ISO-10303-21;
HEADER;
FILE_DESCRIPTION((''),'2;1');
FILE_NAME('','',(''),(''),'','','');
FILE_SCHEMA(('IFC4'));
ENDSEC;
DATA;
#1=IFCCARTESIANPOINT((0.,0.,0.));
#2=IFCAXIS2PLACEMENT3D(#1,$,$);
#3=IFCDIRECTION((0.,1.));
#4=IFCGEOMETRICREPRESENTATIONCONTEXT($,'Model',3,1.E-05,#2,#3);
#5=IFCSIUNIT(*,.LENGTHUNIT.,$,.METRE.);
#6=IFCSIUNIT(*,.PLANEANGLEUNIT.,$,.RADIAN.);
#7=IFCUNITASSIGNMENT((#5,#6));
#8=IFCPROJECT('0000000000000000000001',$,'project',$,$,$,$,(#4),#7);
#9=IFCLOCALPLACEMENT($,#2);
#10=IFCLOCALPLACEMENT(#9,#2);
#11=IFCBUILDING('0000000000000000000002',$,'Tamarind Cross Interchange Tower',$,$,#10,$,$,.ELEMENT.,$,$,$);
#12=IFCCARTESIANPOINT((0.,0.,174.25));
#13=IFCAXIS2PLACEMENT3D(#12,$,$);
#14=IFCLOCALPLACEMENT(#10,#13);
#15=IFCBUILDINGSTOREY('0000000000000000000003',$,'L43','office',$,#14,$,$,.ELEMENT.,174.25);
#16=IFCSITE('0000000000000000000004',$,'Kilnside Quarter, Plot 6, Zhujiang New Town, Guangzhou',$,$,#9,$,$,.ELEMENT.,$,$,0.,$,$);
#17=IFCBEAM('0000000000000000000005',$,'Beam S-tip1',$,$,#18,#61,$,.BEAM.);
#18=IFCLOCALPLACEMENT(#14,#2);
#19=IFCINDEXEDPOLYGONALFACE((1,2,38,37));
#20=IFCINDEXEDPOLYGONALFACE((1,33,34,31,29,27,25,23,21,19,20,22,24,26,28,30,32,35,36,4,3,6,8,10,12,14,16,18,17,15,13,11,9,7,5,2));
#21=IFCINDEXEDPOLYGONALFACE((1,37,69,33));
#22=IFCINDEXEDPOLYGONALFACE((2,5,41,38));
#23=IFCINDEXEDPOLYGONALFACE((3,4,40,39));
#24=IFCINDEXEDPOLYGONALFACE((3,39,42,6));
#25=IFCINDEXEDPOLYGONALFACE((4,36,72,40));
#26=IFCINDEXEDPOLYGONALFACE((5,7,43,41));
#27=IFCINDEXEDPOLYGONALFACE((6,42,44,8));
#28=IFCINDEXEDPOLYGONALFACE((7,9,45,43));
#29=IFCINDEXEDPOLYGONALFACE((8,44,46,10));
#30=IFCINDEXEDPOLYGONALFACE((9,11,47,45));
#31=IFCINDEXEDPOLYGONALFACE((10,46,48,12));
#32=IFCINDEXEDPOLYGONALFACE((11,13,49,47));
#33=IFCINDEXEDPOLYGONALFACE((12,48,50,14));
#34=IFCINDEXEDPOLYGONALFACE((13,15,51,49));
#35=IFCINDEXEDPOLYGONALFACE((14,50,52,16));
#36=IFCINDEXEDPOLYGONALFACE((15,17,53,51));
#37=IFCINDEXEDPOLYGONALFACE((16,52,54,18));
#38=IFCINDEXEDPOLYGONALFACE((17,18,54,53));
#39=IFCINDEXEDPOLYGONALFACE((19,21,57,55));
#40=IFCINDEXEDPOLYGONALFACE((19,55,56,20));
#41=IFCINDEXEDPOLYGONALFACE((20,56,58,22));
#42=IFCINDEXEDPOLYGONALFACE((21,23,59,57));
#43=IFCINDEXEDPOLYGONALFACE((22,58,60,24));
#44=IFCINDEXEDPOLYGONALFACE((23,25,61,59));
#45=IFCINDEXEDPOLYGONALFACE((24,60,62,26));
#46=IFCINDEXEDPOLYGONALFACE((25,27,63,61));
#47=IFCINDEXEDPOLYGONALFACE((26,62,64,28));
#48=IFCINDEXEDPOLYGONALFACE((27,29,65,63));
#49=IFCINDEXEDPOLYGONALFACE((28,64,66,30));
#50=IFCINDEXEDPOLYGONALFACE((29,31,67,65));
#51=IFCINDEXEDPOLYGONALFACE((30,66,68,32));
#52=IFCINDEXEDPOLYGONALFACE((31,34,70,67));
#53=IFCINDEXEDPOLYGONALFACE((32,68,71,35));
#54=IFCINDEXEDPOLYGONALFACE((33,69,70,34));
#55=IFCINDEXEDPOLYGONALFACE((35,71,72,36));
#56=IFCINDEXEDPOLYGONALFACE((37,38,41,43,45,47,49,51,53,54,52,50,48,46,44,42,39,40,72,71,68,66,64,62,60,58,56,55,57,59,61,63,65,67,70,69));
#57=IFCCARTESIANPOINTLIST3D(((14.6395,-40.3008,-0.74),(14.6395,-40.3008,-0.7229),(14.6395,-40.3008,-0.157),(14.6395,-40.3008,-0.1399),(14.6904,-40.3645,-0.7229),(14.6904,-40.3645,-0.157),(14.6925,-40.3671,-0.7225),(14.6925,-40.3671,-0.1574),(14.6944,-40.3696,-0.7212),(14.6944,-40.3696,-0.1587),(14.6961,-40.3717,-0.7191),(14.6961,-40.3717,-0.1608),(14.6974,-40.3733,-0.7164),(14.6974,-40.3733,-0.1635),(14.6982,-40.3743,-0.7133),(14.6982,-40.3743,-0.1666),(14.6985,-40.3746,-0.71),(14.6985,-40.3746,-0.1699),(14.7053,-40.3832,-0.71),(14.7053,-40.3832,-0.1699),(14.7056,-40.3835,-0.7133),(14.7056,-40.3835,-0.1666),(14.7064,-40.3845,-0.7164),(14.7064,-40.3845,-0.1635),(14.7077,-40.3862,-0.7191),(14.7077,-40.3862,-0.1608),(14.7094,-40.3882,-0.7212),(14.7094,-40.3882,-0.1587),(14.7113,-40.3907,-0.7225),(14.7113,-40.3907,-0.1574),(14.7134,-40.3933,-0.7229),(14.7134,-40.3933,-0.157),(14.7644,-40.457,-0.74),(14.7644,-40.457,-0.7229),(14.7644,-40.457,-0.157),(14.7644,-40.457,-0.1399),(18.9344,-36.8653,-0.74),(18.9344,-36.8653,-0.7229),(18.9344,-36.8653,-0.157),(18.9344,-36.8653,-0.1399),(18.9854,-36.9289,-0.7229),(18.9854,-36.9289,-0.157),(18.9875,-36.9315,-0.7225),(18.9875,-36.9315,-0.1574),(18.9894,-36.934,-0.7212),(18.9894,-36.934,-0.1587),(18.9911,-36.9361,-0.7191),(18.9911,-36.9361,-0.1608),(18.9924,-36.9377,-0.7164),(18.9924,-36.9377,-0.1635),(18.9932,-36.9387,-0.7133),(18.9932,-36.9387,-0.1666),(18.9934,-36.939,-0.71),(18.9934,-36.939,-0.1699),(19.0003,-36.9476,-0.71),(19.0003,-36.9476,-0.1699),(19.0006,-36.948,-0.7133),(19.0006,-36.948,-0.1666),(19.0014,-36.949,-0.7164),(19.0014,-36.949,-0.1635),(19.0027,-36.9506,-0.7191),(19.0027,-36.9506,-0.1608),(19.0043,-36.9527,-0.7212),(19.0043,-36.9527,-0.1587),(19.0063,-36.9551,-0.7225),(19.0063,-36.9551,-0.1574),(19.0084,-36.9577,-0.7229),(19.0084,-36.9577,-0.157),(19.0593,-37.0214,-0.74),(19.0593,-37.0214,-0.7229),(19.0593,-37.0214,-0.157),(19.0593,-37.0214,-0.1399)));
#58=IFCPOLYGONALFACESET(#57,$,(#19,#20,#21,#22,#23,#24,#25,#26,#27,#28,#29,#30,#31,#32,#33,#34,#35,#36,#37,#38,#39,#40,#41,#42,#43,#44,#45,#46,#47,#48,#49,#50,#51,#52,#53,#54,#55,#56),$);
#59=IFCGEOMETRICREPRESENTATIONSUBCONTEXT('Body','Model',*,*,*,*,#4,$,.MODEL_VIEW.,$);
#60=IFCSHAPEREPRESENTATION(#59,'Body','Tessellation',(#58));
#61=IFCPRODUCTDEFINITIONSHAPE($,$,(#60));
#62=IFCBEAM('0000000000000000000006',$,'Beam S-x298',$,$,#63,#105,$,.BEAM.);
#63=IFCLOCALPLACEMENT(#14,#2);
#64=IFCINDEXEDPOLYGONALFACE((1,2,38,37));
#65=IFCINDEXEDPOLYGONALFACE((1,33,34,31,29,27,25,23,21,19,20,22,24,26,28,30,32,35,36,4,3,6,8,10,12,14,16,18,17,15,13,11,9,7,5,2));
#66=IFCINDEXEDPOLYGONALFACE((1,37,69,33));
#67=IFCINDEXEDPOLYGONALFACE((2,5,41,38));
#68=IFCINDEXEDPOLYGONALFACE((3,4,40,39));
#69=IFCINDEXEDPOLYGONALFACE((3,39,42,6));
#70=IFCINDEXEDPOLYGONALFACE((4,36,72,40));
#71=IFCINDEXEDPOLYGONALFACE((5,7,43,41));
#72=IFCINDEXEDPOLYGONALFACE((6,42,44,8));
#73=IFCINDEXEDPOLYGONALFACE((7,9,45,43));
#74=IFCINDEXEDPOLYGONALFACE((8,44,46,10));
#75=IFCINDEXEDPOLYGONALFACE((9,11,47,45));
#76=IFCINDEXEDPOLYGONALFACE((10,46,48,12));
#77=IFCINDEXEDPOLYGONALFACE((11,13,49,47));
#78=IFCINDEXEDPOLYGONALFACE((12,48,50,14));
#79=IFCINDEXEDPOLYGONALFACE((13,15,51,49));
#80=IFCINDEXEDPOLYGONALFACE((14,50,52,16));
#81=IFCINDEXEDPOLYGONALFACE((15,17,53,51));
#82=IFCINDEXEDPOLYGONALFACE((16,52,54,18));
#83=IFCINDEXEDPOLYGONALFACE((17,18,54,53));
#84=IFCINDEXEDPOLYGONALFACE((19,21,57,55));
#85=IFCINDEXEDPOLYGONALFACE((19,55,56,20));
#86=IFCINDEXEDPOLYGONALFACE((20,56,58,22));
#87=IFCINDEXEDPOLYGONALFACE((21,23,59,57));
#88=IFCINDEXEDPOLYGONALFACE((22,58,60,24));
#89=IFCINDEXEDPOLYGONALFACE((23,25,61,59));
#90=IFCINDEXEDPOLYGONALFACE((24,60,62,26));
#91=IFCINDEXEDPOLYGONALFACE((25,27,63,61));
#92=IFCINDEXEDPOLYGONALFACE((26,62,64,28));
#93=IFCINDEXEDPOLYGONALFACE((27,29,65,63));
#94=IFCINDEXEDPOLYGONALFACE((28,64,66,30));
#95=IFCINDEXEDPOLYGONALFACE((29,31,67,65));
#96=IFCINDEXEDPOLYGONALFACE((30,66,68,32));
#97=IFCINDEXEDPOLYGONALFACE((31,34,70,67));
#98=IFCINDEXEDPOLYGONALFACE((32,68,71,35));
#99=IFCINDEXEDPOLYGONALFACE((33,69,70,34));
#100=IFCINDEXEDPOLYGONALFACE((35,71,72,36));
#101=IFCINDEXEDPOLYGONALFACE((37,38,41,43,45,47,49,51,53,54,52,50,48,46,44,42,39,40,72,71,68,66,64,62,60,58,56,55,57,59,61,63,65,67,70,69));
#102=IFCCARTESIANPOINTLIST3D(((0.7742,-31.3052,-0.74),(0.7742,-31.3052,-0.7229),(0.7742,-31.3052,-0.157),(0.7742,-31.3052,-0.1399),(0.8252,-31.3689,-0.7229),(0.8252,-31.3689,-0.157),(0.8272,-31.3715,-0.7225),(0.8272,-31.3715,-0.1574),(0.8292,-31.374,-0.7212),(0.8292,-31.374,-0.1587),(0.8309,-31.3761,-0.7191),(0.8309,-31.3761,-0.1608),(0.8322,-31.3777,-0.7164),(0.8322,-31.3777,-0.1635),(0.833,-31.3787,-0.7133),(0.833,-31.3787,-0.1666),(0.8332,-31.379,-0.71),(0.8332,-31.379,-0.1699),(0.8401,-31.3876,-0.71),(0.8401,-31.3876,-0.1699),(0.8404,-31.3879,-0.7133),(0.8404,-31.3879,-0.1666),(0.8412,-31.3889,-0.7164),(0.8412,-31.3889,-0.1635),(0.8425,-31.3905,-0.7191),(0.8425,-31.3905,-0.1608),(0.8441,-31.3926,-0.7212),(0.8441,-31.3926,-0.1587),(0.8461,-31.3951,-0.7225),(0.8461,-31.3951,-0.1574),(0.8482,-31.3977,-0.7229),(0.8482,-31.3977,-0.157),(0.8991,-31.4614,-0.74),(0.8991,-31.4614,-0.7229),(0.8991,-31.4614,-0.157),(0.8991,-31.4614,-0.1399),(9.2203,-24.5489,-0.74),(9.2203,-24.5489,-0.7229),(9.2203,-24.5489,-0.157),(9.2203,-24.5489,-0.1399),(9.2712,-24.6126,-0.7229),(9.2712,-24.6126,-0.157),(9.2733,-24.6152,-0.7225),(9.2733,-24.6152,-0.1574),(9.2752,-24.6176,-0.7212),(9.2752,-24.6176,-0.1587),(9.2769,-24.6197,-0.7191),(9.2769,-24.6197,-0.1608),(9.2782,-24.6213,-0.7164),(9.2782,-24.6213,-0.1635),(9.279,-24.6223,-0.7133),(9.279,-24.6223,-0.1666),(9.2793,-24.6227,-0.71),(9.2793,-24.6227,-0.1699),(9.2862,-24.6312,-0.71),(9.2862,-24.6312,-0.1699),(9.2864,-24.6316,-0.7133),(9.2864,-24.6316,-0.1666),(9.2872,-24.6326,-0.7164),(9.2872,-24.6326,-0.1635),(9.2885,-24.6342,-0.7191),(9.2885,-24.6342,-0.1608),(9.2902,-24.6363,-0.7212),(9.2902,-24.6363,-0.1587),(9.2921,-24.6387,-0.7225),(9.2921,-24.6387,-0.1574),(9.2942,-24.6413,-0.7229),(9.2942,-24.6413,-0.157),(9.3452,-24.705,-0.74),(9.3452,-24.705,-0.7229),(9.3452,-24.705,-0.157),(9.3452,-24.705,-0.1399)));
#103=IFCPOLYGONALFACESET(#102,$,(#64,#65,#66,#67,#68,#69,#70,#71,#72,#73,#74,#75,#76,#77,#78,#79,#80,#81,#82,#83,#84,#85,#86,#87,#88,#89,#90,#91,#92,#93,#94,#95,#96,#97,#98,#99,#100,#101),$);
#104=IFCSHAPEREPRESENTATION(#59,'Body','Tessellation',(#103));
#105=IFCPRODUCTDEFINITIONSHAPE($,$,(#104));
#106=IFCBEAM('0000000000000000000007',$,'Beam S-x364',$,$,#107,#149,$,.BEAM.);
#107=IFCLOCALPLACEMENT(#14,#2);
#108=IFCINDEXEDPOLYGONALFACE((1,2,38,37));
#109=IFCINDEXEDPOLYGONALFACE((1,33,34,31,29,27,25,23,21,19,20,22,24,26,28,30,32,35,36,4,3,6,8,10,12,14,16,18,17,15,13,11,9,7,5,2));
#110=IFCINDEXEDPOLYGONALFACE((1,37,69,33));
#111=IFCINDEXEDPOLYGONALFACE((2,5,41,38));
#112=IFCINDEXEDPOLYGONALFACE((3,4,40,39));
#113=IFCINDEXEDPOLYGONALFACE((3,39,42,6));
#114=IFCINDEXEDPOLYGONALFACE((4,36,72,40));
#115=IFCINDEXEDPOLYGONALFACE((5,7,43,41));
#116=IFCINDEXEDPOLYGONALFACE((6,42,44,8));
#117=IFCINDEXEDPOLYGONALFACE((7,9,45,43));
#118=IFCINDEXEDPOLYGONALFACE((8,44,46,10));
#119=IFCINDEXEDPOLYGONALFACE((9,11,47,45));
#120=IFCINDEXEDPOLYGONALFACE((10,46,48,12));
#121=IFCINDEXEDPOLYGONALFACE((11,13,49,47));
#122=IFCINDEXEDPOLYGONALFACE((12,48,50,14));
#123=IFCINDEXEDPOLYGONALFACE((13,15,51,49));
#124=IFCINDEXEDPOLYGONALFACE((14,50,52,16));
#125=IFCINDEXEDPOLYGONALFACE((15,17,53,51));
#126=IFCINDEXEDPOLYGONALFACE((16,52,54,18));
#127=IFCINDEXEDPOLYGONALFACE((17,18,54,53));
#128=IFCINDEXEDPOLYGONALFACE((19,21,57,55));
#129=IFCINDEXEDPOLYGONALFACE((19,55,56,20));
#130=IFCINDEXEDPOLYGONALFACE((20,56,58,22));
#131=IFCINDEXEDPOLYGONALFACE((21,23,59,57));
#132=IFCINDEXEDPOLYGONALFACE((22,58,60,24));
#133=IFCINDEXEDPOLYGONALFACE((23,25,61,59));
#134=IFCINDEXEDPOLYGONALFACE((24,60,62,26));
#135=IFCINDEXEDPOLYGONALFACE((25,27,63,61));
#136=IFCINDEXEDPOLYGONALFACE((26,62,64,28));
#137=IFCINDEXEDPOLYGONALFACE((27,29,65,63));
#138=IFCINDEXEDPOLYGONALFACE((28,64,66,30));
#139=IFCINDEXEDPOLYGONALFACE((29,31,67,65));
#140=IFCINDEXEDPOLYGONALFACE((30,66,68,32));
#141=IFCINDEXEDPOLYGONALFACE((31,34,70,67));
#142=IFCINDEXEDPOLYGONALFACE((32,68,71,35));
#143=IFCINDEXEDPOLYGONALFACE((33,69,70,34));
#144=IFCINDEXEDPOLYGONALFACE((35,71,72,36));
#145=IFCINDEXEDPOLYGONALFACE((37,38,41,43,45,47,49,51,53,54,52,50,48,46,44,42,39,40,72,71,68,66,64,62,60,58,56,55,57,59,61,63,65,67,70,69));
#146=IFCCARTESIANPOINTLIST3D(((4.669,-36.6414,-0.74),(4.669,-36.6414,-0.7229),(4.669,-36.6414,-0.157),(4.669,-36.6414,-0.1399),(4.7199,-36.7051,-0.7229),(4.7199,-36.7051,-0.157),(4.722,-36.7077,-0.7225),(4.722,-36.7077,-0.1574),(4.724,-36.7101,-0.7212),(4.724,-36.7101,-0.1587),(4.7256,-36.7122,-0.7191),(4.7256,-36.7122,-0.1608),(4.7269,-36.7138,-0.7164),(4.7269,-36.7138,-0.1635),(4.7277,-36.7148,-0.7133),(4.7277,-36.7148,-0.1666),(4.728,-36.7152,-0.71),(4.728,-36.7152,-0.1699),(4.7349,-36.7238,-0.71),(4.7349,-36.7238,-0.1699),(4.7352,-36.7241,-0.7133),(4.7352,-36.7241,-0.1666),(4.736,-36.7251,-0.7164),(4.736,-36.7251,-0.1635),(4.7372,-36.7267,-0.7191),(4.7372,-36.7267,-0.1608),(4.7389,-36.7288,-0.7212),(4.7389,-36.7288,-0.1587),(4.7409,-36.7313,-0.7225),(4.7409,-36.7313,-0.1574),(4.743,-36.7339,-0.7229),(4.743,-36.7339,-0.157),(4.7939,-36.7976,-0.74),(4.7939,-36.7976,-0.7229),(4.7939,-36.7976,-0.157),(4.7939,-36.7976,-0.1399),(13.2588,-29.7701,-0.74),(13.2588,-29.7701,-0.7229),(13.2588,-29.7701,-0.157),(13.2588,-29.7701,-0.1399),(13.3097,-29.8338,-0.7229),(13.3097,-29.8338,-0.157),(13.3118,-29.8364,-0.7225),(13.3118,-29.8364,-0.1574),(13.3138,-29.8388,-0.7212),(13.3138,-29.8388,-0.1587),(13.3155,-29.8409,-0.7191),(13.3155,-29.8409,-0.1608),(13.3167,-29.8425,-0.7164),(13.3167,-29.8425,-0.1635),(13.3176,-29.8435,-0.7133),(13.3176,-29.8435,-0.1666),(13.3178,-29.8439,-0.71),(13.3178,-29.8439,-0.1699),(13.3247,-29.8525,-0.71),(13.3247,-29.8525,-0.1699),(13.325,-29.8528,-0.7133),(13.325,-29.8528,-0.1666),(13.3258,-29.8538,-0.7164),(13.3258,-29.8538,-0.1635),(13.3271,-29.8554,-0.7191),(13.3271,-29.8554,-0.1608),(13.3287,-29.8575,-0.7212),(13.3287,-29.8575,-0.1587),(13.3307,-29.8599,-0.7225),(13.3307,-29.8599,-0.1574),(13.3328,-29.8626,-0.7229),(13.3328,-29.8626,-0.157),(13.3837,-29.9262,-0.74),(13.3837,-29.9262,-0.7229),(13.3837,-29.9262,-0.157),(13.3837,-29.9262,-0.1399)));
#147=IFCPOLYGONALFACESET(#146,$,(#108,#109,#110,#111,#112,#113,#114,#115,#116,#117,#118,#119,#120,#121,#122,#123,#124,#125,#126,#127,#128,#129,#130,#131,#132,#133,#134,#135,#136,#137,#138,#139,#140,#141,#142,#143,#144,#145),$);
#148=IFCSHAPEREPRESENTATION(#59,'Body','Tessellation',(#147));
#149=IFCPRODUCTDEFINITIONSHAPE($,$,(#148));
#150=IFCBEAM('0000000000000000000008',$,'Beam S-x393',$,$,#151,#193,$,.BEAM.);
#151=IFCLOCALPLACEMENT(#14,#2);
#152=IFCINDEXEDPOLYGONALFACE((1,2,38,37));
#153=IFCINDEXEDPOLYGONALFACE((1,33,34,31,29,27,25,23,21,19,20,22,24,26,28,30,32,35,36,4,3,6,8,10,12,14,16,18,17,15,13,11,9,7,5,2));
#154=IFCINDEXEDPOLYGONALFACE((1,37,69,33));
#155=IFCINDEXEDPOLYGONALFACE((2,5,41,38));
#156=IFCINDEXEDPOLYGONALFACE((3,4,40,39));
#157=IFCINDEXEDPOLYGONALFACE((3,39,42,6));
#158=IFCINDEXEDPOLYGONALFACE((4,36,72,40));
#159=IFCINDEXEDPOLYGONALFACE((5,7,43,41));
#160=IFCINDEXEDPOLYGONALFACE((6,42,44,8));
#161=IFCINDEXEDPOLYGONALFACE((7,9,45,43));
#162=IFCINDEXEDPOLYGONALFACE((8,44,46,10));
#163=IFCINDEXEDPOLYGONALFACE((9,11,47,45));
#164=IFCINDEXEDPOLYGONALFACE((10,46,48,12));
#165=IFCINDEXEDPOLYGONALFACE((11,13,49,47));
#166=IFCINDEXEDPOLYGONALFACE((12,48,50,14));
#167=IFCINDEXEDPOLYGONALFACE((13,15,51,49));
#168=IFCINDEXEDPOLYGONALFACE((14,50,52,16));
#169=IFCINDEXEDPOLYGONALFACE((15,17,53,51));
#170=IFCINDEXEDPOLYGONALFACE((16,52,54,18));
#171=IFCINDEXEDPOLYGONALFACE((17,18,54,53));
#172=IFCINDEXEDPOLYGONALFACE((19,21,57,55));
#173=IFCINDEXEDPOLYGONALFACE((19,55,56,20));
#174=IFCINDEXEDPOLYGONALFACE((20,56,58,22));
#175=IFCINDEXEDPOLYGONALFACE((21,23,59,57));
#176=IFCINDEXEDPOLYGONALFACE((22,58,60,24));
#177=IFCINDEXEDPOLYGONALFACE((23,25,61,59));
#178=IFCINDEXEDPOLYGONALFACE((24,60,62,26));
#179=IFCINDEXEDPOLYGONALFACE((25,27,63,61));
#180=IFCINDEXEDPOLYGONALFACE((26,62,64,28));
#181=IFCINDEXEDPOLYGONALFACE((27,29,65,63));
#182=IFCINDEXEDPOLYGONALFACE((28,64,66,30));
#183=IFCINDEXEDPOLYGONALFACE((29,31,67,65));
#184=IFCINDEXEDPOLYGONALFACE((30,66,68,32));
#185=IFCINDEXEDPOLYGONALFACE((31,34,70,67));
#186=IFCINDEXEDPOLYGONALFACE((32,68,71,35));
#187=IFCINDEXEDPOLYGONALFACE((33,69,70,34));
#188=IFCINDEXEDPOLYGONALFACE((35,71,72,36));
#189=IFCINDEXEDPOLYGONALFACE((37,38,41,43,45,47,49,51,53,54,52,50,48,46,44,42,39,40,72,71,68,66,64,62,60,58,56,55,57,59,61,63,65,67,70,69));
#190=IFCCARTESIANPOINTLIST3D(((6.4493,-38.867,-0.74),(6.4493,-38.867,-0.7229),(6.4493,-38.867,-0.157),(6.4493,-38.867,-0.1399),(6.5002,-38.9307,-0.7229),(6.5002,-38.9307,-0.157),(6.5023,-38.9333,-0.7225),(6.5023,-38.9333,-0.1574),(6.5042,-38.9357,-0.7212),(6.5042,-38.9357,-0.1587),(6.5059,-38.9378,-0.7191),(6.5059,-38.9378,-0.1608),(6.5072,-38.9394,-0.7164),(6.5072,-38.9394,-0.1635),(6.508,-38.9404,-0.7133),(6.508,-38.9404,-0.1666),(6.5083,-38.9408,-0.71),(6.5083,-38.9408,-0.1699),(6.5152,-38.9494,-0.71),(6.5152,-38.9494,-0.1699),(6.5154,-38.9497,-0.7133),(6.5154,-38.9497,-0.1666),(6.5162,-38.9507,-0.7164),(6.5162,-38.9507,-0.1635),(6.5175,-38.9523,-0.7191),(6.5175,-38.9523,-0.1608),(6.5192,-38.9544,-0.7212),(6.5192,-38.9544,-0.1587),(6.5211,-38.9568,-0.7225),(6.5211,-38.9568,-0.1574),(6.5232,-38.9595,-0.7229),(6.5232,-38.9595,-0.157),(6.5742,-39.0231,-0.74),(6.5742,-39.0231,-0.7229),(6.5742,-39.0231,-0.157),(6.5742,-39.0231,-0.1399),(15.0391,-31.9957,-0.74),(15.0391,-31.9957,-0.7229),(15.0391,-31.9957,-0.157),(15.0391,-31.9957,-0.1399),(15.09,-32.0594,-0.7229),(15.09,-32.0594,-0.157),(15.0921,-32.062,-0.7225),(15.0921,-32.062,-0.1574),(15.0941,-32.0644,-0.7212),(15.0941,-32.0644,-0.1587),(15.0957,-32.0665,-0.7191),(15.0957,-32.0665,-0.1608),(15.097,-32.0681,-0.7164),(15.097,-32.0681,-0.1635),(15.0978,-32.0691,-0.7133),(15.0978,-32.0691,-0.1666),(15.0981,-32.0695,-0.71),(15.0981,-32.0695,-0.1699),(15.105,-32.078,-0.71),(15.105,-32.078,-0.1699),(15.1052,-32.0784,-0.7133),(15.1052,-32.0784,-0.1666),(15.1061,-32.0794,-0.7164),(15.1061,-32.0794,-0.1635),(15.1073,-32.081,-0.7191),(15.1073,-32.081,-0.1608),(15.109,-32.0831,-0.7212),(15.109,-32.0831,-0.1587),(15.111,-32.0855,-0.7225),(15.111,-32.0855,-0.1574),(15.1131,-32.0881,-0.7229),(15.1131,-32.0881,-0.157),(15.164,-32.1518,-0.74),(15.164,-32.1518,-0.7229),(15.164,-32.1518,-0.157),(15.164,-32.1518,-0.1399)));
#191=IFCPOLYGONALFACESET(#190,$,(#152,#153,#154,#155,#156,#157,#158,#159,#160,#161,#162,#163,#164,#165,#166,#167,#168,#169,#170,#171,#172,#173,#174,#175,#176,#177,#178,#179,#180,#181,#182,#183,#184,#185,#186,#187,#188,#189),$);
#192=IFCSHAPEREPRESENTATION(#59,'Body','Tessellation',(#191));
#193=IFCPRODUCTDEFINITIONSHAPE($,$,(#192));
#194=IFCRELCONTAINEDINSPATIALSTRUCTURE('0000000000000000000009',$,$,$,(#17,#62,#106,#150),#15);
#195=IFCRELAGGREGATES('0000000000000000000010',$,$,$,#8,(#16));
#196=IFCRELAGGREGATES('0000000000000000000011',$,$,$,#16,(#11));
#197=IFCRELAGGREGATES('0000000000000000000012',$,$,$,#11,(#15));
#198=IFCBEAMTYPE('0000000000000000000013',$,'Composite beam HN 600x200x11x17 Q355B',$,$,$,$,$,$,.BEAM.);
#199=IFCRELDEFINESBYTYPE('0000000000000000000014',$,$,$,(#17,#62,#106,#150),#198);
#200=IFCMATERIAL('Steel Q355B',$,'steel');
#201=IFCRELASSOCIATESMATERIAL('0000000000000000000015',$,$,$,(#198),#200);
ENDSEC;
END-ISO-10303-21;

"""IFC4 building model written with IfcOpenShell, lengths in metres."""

from ifc_helpers import new_model, si_unit, direction, frame, origin, origin_2d, place, context, subcontext, project, spatial, i_section, extrude, material, material_profile, profile_set, type_object, element, save


model = new_model("IFC4")

# Units and contexts
model_context = context("Model", 3, precision=1e-05, world=origin(), true_north=direction((0.0, 1.0)))
body_context = subcontext(model_context, "Body", "Model", "MODEL_VIEW")
ifc_project = project(units=[si_unit("LENGTHUNIT", "METRE"), si_unit("PLANEANGLEUNIT", "RADIAN")], contexts=[model_context])

# Site, building, storey
site_placement = place(None, origin())
site = spatial("IfcSite", under=ifc_project, at=site_placement, Name="Kilnside Quarter, Plot 6, Zhujiang New Town, Guangzhou", CompositionType="ELEMENT", RefElevation=0.0)
building_placement = place(site_placement, origin())
building = spatial("IfcBuilding", under=site, at=building_placement, Name="Tamarind Cross Interchange Tower", CompositionType="ELEMENT")
storey_placement = place(building_placement, frame((0.0, 0.0, 174.25)))
storey = spatial("IfcBuildingStorey", under=building, at=storey_placement, Name="L43", Description="office", CompositionType="ELEMENT", Elevation=174.25)

# Beams
ifc_material_1 = material(Name="Steel Q355B", Category="steel")
ifc_material_profile_1 = material_profile(ifc_material_1, i_section(OverallWidth=0.2, OverallDepth=0.6001, WebThickness=0.011, FlangeThickness=0.0171, FilletRadius=0.0129, at=origin_2d()), Name="HN 600x200x11x17")
ifc_profile_set_1 = profile_set([ifc_material_profile_1], Name="Steel Q355B")
beam_type_1 = type_object("IfcBeamType", Name="Composite beam HN 600x200x11x17 Q355B", PredefinedType="BEAM", material=ifc_profile_set_1)
for number, where, z_axis, x_axis, name in (
    (1, (14.7019, -40.3789, -0.4399), (0.780903, 0.624652, 0.0), (-0.624652, 0.780903, 0.0), "Beam S-tip1"),
):
    element("IfcBeam", number, at=place(storey_placement, frame(where, z_axis=z_axis, x_axis=x_axis)), inside=storey, type_object=beam_type_1, Name=name, PredefinedType="BEAM", context=body_context, shape_type="SweptSolid", body=[
        extrude(i_section(OverallWidth=0.2, OverallDepth=0.6001, WebThickness=0.011, FlangeThickness=0.0171, FilletRadius=0.0129, at=origin_2d()), origin(), (0.0, 0.0, 1.0), 5.5),
    ])
beam_1_placement = place(storey_placement, frame((0.8367, -31.3833, -0.4399), z_axis=(0.780891, 0.624668, 0.0), x_axis=(-0.624668, 0.780891, 0.0)))
element("IfcBeam", 2, at=beam_1_placement, inside=storey, type_object=beam_type_1, Name="Beam S-x298", PredefinedType="BEAM", context=body_context, shape_type="SweptSolid", body=[
    extrude(i_section(OverallWidth=0.2, OverallDepth=0.6001, WebThickness=0.011, FlangeThickness=0.0171, FilletRadius=0.0129, at=origin_2d()), origin(), (0.0, 0.0, 1.0), 10.8159),
])
for number, where, z_axis, x_axis, name in (
    (3, (4.7314, -36.7195, -0.4399), (0.780893, 0.624665, 0.0), (-0.624665, 0.780893, 0.0), "Beam S-x364"),
    (4, (6.5117, -38.9451, -0.4399), (0.780893, 0.624665, 0.0), (-0.624665, 0.780893, 0.0), "Beam S-x393"),
):
    element("IfcBeam", number, at=place(storey_placement, frame(where, z_axis=z_axis, x_axis=x_axis)), inside=storey, type_object=beam_type_1, Name=name, PredefinedType="BEAM", context=body_context, shape_type="SweptSolid", body=[
        extrude(i_section(OverallWidth=0.2, OverallDepth=0.6001, WebThickness=0.011, FlangeThickness=0.0171, FilletRadius=0.0129, at=origin_2d()), origin(), (0.0, 0.0, 1.0), 11.0),
    ])

save(model, "model.ifc")
